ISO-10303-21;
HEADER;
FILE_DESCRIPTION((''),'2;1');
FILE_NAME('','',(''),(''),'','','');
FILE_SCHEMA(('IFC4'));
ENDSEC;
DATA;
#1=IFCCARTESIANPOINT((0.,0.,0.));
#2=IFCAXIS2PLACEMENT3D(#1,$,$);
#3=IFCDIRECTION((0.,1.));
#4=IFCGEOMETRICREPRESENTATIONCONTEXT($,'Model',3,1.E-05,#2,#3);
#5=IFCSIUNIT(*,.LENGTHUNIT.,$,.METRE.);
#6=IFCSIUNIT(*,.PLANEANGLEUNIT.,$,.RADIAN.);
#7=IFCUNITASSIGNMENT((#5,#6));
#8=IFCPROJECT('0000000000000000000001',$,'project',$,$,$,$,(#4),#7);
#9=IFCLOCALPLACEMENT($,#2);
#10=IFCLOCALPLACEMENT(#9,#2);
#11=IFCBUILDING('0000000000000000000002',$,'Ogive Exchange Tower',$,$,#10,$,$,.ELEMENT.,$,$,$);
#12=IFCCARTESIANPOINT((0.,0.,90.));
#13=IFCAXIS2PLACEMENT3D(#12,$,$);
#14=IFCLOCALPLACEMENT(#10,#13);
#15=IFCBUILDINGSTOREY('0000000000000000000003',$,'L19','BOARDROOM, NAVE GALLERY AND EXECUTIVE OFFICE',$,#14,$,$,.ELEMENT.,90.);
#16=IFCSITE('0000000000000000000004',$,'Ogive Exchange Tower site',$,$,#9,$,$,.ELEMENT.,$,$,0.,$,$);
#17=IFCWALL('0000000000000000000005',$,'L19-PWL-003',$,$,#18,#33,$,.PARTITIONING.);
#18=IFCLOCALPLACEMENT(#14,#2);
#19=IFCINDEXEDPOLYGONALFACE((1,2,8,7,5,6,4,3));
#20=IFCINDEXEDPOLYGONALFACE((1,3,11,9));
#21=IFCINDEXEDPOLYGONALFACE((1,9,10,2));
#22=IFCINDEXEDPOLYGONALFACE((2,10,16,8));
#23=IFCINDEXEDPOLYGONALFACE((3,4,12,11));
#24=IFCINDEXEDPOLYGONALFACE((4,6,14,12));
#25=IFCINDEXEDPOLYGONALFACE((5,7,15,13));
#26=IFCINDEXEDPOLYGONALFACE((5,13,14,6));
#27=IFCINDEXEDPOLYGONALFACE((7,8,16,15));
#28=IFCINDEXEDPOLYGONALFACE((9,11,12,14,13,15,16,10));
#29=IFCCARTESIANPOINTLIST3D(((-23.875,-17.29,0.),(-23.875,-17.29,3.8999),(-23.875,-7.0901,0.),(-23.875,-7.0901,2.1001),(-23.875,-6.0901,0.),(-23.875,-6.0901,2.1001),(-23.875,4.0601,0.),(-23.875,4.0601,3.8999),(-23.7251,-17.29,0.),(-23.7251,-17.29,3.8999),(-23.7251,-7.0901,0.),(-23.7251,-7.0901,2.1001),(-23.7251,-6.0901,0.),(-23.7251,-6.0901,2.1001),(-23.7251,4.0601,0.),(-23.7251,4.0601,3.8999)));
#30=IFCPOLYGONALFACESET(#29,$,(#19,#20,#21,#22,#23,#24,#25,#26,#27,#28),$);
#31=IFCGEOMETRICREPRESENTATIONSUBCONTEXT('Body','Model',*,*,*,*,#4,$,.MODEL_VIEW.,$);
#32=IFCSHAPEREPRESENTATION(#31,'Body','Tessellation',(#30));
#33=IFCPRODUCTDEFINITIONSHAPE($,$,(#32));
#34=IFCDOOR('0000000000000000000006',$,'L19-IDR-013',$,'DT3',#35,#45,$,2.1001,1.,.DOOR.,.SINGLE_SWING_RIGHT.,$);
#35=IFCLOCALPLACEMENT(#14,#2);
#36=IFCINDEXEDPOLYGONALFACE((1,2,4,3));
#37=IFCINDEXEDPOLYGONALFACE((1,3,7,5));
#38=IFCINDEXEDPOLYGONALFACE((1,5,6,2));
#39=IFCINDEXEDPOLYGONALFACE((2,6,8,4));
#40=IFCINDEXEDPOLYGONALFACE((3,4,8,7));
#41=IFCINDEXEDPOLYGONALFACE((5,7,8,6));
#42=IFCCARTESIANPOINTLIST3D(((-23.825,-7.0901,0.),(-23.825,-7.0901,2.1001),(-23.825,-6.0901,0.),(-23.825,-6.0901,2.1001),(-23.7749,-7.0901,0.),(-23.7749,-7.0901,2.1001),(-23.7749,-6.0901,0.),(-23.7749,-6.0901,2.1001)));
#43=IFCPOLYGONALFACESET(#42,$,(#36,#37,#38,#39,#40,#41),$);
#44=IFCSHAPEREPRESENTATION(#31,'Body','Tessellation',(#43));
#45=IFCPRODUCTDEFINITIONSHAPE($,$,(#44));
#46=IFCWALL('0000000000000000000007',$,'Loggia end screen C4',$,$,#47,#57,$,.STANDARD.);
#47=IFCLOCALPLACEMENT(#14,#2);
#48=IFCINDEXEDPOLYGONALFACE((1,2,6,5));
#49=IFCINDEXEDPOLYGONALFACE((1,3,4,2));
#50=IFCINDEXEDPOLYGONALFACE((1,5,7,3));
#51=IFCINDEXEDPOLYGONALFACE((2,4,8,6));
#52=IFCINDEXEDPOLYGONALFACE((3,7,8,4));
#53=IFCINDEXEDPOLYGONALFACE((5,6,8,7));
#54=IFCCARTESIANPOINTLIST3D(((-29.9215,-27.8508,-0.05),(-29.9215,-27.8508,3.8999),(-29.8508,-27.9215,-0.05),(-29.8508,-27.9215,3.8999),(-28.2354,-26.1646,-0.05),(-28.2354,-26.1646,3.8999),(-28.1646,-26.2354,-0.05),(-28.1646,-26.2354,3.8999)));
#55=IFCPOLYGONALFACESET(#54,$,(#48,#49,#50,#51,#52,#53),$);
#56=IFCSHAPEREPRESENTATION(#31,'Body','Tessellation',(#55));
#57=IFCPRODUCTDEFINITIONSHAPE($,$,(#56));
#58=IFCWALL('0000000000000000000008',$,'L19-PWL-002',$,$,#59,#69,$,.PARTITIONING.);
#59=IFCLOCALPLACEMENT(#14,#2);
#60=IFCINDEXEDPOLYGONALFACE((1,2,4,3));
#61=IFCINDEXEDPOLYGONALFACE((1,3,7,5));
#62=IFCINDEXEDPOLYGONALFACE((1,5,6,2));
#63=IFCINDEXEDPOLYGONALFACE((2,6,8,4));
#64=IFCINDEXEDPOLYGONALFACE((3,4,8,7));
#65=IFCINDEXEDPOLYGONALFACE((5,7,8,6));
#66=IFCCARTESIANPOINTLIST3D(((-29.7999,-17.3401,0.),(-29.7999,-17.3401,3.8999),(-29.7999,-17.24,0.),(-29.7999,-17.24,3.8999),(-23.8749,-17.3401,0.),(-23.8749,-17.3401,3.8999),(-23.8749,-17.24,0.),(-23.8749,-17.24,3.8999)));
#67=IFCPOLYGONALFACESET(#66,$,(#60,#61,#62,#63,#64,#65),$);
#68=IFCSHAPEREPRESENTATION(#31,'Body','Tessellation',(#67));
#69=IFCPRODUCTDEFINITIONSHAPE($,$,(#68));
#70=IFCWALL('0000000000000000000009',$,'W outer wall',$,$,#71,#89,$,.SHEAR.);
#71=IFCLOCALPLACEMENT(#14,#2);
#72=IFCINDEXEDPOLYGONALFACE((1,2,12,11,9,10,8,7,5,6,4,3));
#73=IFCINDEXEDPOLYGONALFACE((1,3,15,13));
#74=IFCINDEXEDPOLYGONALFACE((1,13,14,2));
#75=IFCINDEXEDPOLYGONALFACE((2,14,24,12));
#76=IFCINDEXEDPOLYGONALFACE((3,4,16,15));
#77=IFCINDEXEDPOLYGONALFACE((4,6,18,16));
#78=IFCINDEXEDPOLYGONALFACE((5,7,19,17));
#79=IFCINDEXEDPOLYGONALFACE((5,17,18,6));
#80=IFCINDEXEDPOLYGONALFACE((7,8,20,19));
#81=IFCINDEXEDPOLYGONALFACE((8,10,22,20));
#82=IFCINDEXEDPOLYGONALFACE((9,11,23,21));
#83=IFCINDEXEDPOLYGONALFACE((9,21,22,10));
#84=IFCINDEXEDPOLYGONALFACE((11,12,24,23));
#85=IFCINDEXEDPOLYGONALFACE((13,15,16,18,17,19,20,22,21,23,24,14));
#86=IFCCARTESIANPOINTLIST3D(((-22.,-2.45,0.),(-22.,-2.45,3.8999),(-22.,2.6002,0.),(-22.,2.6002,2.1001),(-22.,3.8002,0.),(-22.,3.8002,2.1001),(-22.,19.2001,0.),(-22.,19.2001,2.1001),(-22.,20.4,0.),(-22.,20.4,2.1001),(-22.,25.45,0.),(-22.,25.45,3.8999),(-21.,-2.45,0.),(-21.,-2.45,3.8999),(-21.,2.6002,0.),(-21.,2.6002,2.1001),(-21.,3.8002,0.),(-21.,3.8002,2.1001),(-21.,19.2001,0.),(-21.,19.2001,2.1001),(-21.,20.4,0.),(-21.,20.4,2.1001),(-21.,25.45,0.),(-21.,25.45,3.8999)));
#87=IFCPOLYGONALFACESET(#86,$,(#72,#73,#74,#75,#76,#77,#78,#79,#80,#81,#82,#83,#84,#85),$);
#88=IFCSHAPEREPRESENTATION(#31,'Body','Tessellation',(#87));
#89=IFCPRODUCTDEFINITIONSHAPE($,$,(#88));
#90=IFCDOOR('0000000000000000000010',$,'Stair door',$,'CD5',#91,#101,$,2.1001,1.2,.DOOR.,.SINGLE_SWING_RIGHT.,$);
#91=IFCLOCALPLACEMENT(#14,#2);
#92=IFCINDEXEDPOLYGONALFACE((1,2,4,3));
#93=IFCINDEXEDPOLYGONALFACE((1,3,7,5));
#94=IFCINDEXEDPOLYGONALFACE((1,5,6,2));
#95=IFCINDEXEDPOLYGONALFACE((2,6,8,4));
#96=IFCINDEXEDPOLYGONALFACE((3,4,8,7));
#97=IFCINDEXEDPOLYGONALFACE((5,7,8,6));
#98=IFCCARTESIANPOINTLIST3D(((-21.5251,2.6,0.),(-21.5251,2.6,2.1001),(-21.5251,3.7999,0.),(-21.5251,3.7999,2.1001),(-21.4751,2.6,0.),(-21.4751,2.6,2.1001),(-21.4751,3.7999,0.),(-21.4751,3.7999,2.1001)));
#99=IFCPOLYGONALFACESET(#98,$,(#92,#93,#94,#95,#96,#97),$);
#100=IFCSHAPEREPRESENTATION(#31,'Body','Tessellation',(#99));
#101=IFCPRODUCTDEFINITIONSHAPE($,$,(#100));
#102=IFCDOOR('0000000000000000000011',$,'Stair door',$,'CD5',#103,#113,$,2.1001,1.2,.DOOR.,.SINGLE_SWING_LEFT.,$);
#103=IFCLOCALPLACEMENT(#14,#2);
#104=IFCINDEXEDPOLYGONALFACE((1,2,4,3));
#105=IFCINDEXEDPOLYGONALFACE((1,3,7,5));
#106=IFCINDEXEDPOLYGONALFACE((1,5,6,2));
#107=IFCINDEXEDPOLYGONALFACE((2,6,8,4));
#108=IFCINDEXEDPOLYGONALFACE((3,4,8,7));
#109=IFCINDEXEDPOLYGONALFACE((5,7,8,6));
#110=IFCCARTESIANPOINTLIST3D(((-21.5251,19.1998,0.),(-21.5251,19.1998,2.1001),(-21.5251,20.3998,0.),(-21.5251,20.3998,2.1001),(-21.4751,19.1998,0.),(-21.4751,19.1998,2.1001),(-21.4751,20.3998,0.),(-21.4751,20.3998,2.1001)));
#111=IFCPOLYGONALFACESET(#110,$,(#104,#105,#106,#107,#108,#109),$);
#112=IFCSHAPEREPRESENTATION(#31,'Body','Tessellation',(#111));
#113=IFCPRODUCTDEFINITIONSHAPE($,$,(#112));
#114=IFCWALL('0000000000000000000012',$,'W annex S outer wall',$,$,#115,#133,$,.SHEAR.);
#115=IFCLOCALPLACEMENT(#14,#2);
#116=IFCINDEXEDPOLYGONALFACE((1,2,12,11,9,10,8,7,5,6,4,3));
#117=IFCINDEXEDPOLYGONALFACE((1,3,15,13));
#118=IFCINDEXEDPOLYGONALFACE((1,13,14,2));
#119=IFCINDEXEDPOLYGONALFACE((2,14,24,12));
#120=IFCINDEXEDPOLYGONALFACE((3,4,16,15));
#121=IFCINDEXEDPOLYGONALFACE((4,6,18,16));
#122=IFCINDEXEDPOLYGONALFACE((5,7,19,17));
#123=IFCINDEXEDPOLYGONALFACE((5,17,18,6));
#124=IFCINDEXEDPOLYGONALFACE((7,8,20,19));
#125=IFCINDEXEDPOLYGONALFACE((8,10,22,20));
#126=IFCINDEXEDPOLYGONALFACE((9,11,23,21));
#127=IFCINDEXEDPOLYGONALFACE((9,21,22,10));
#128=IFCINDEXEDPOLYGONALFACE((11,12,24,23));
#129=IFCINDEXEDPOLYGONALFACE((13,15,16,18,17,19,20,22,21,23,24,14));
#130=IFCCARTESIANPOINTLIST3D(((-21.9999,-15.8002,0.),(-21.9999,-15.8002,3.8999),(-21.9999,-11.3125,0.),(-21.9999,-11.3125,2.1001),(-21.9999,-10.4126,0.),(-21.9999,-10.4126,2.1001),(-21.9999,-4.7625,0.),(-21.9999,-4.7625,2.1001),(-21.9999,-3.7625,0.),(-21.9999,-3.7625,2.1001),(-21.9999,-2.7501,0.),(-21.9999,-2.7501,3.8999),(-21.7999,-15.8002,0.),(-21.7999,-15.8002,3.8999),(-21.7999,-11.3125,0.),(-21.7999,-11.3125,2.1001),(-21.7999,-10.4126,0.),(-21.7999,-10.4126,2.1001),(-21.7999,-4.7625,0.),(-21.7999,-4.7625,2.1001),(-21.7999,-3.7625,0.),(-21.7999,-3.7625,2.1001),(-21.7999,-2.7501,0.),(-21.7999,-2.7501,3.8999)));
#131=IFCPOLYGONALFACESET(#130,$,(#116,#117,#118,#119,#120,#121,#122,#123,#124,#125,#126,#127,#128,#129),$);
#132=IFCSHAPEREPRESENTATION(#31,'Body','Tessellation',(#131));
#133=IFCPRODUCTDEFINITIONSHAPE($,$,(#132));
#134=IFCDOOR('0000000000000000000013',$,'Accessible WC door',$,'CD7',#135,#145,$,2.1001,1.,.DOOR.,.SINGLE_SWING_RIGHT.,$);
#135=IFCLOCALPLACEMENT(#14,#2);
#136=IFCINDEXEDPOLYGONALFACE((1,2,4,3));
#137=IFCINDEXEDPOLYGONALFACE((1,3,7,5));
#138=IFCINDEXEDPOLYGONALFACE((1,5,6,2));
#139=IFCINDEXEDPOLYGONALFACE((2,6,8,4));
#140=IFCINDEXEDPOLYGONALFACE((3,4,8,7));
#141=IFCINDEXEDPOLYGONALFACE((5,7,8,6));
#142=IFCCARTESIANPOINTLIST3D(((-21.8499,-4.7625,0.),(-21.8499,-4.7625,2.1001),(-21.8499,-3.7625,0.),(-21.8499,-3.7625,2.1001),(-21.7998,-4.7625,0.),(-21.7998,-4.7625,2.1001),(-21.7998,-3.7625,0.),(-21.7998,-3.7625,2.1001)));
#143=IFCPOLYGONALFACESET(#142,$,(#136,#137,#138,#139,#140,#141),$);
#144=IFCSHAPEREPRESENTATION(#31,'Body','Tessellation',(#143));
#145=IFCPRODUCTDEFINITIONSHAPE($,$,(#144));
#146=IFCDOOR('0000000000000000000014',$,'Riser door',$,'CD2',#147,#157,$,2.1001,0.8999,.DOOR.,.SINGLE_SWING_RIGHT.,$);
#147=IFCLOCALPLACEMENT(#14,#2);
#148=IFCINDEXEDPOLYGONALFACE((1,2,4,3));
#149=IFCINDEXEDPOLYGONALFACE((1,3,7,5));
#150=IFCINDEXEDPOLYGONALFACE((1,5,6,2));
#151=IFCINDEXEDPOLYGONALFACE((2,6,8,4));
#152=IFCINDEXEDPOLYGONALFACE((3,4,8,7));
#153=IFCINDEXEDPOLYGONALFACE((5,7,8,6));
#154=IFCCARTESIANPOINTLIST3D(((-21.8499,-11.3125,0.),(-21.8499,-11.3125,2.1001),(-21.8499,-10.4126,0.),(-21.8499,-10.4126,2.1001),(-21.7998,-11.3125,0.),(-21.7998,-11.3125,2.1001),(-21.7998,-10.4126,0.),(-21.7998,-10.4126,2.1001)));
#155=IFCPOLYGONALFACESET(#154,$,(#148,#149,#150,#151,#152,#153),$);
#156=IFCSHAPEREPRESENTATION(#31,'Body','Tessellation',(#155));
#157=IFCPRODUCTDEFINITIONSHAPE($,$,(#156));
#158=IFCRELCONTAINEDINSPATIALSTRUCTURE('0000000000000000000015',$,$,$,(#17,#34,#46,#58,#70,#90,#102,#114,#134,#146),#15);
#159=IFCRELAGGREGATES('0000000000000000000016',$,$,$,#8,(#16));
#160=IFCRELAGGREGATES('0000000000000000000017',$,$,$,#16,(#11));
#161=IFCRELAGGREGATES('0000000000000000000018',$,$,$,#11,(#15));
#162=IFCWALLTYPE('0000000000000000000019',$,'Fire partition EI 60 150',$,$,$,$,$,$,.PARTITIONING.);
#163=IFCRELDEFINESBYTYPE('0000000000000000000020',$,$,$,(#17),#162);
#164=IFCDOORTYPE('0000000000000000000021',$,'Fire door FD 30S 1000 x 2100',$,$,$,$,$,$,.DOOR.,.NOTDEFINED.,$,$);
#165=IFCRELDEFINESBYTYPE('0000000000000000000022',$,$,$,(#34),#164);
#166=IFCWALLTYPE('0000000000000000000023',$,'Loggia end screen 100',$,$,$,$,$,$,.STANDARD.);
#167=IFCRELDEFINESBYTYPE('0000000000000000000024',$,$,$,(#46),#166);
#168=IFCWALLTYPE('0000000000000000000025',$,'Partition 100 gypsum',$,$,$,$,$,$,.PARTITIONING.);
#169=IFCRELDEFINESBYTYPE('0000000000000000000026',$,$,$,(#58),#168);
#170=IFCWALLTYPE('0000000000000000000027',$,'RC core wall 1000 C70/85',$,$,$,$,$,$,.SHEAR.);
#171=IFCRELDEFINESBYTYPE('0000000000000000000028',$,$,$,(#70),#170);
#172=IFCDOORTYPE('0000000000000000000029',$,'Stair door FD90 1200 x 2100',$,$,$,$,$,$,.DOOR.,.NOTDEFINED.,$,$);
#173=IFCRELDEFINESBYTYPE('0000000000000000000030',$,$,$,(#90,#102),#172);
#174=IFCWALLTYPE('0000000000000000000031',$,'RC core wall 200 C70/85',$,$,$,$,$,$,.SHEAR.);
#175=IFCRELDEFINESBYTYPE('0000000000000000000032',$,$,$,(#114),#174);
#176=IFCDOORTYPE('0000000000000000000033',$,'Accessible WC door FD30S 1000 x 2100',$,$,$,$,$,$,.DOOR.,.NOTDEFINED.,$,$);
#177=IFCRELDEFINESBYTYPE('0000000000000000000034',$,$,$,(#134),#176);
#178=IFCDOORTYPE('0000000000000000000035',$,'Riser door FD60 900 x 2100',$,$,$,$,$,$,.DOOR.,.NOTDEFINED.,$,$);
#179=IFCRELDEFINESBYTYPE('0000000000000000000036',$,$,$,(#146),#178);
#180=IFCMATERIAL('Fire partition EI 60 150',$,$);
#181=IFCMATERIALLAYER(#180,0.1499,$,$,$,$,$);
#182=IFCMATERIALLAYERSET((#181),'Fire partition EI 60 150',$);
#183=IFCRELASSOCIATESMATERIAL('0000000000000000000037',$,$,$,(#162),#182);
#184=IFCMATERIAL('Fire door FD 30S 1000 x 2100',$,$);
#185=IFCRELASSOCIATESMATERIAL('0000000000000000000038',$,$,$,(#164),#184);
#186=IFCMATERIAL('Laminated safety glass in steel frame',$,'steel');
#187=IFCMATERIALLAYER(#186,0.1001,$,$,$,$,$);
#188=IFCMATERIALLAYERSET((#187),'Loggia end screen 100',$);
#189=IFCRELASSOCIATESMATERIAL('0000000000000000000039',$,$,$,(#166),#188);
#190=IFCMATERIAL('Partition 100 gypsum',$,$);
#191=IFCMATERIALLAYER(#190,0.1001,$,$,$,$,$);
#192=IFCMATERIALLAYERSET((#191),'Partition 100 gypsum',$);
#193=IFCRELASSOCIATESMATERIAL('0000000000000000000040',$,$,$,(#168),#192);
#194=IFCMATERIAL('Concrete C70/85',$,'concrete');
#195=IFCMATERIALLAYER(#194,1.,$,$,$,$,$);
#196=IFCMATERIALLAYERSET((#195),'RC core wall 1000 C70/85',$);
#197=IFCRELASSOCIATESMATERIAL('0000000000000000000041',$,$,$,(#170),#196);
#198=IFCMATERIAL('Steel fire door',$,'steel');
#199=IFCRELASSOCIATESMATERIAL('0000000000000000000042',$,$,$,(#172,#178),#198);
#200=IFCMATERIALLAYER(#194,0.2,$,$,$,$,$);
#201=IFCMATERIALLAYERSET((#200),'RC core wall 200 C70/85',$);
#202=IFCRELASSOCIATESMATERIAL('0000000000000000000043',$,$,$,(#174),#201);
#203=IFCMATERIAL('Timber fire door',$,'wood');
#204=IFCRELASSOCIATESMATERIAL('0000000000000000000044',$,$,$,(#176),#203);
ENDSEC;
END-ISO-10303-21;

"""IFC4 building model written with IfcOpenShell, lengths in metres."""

from ifc_helpers import new_model, si_unit, direction, frame, frame_2d, origin, place, context, subcontext, project, spatial, rectangle, extrude, material, layer, layer_set, type_object, element, fill, save


model = new_model("IFC4")

# Units and contexts
model_context = context("Model", 3, precision=1e-05, world=origin(), true_north=direction((0.0, 1.0)))
body_context = subcontext(model_context, "Body", "Model", "MODEL_VIEW")
ifc_project = project(units=[si_unit("LENGTHUNIT", "METRE"), si_unit("PLANEANGLEUNIT", "RADIAN")], contexts=[model_context])

# Site, building, storey
site_placement = place(None, origin())
site = spatial("IfcSite", under=ifc_project, at=site_placement, Name="Ogive Exchange Tower site", CompositionType="ELEMENT", RefElevation=0.0)
building_placement = place(site_placement, origin())
building = spatial("IfcBuilding", under=site, at=building_placement, Name="Ogive Exchange Tower", CompositionType="ELEMENT")
storey_placement = place(building_placement, frame((0.0, 0.0, 90.0)))
storey = spatial("IfcBuildingStorey", under=building, at=storey_placement, Name="L19", Description="BOARDROOM, NAVE GALLERY AND EXECUTIVE OFFICE", CompositionType="ELEMENT", Elevation=90.0)

# Shared definitions
ifc_material_1 = material(Name="Fire partition EI 60 150")
ifc_layer_1 = layer(ifc_material_1, 0.1499)
ifc_layer_set_1 = layer_set([ifc_layer_1], Name="Fire partition EI 60 150")
wall_type_1 = type_object("IfcWallType", Name="Fire partition EI 60 150", PredefinedType="PARTITIONING", material=ifc_layer_set_1)

# Wall, opening, door
wall_1_placement = place(storey_placement, frame((-23.8, -17.29, 0.0), z_axis=(0.0, 0.0, 1.0), x_axis=(0.0, 1.0, 0.0)))
wall_1 = element("IfcWall", 1, at=wall_1_placement, inside=storey, type_object=wall_type_1, Name="L19-PWL-003", PredefinedType="PARTITIONING", context=body_context, shape_type="SweptSolid", body=[
    extrude(rectangle(XDim=21.3501, YDim=0.1499, at=frame_2d((10.675, 0.0))), origin(), (0.0, 0.0, 1.0), 3.8999),
])
opening_1_placement = place(wall_1_placement, frame((10.2, 0.0, 0.0)))
opening_1 = element("IfcOpeningElement", 2, at=opening_1_placement, cuts=wall_1, PredefinedType="OPENING", context=body_context, shape_type="SweptSolid", body=[
    extrude(rectangle(XDim=1.0, YDim=2.1001, at=frame_2d((0.5, 1.05))), frame((0.0, 0.085, 0.0), z_axis=(0.0, -1.0, 0.0), x_axis=(1.0, 0.0, 0.0)), (0.0, 0.0, 1.0), 0.1699),
])
ifc_material_2 = material(Name="Fire door FD 30S 1000 x 2100")
door_type_1 = type_object("IfcDoorType", Name="Fire door FD 30S 1000 x 2100", OperationType="NOTDEFINED", PredefinedType="DOOR", material=ifc_material_2)
door_1_placement = place(opening_1_placement, origin())
door_1 = element("IfcDoor", 3, at=door_1_placement, inside=storey, type_object=door_type_1, Name="L19-IDR-013", ObjectType="DT3", OperationType="SINGLE_SWING_RIGHT", OverallHeight=2.1001, OverallWidth=1.0, PredefinedType="DOOR", context=body_context, shape_type="SweptSolid", body=[
    extrude(rectangle(XDim=1.0, YDim=2.1001, at=frame_2d((0.5, 1.05))), frame((0.0, 0.0249, 0.0), z_axis=(0.0, -1.0, 0.0), x_axis=(1.0, 0.0, 0.0)), (0.0, 0.0, 1.0), 0.05),
])
fill(opening_1, door_1)

# Walls
ifc_material_3 = material(Name="Laminated safety glass in steel frame", Category="steel")
ifc_layer_2 = layer(ifc_material_3, 0.1001)
ifc_layer_set_2 = layer_set([ifc_layer_2], Name="Loggia end screen 100")
wall_type_2 = type_object("IfcWallType", Name="Loggia end screen 100", PredefinedType="STANDARD", material=ifc_layer_set_2)
wall_2_placement = place(storey_placement, frame((-28.2, -26.2, -0.05), z_axis=(0.0, 0.0, 1.0), x_axis=(-0.707107, -0.707107, 0.0)))
element("IfcWall", 4, at=wall_2_placement, inside=storey, type_object=wall_type_2, Name="Loggia end screen C4", PredefinedType="STANDARD", context=body_context, shape_type="SweptSolid", body=[
    extrude(rectangle(XDim=2.3845, YDim=0.1001, at=frame_2d((1.1924, 0.0))), origin(), (0.0, 0.0, 1.0), 3.95),
])
ifc_material_4 = material(Name="Partition 100 gypsum")
ifc_layer_3 = layer(ifc_material_4, 0.1001)
ifc_layer_set_3 = layer_set([ifc_layer_3], Name="Partition 100 gypsum")
wall_type_3 = type_object("IfcWallType", Name="Partition 100 gypsum", PredefinedType="PARTITIONING", material=ifc_layer_set_3)
wall_3_placement = place(storey_placement, frame((-23.875, -17.29, 0.0), z_axis=(0.0, 0.0, 1.0), x_axis=(-1.0, 0.0, 0.0)))
element("IfcWall", 5, at=wall_3_placement, inside=storey, type_object=wall_type_3, Name="L19-PWL-002", PredefinedType="PARTITIONING", context=body_context, shape_type="SweptSolid", body=[
    extrude(rectangle(XDim=5.925, YDim=0.1001, at=frame_2d((2.9624, 0.0))), origin(), (0.0, 0.0, 1.0), 3.8999),
])

# Walls, openings, doors
ifc_material_5 = material(Name="Concrete C70/85", Category="concrete")
ifc_layer_4 = layer(ifc_material_5, 1.0)
ifc_layer_set_4 = layer_set([ifc_layer_4], Name="RC core wall 1000 C70/85")
wall_type_4 = type_object("IfcWallType", Name="RC core wall 1000 C70/85", PredefinedType="SHEAR", material=ifc_layer_set_4)
wall_4_placement = place(storey_placement, frame((-21.5, -2.45, 0.0), z_axis=(0.0, 0.0, 1.0), x_axis=(0.0, 1.0, 0.0)))
wall_4 = element("IfcWall", 6, at=wall_4_placement, inside=storey, type_object=wall_type_4, Name="W outer wall", PredefinedType="SHEAR", context=body_context, shape_type="SweptSolid", body=[
    extrude(rectangle(XDim=27.8999, YDim=1.0, at=frame_2d((13.95, 0.0))), origin(), (0.0, 0.0, 1.0), 3.8999),
])
opening_2_placement = place(wall_4_placement, frame((5.05, 0.0, 0.0)))
opening_2 = element("IfcOpeningElement", 7, at=opening_2_placement, cuts=wall_4, PredefinedType="OPENING", context=body_context, shape_type="SweptSolid", body=[
    extrude(rectangle(XDim=1.2, YDim=2.1001, at=frame_2d((0.6001, 1.05))), frame((0.0, 0.51, 0.0), z_axis=(0.0, -1.0, 0.0), x_axis=(1.0, 0.0, 0.0)), (0.0, 0.0, 1.0), 1.02),
])
opening_3_placement = place(wall_4_placement, frame((21.6499, 0.0, 0.0)))
opening_3 = element("IfcOpeningElement", 8, at=opening_3_placement, cuts=wall_4, PredefinedType="OPENING", context=body_context, shape_type="SweptSolid", body=[
    extrude(rectangle(XDim=1.2, YDim=2.1001, at=frame_2d((0.6001, 1.05))), frame((0.0, 0.51, 0.0), z_axis=(0.0, -1.0, 0.0), x_axis=(1.0, 0.0, 0.0)), (0.0, 0.0, 1.0), 1.02),
])
ifc_material_6 = material(Name="Steel fire door", Category="steel")
door_type_2 = type_object("IfcDoorType", Name="Stair door FD90 1200 x 2100", OperationType="NOTDEFINED", PredefinedType="DOOR", material=ifc_material_6)
door_2_placement = place(opening_2_placement, frame((1.2, 0.0, 0.0), z_axis=(0.0, 0.0, 1.0), x_axis=(-1.0, 0.0, 0.0)))
door_2 = element("IfcDoor", 9, at=door_2_placement, inside=storey, type_object=door_type_2, Name="Stair door", ObjectType="CD5", OperationType="SINGLE_SWING_RIGHT", OverallHeight=2.1001, OverallWidth=1.2, PredefinedType="DOOR", context=body_context, shape_type="SweptSolid", body=[
    extrude(rectangle(XDim=1.2, YDim=2.1001, at=frame_2d((0.6001, 1.05))), frame((0.0, 0.0249, 0.0), z_axis=(0.0, -1.0, 0.0), x_axis=(1.0, 0.0, 0.0)), (0.0, 0.0, 1.0), 0.05),
])
fill(opening_2, door_2)
door_3_placement = place(opening_3_placement, frame((1.2, 0.0, 0.0), z_axis=(0.0, 0.0, 1.0), x_axis=(-1.0, 0.0, 0.0)))
door_3 = element("IfcDoor", 10, at=door_3_placement, inside=storey, type_object=door_type_2, Name="Stair door", ObjectType="CD5", OperationType="SINGLE_SWING_LEFT", OverallHeight=2.1001, OverallWidth=1.2, PredefinedType="DOOR", context=body_context, shape_type="SweptSolid", body=[
    extrude(rectangle(XDim=1.2, YDim=2.1001, at=frame_2d((0.6001, 1.05))), frame((0.0, 0.0249, 0.0), z_axis=(0.0, -1.0, 0.0), x_axis=(1.0, 0.0, 0.0)), (0.0, 0.0, 1.0), 0.05),
])
fill(opening_3, door_3)
ifc_layer_5 = layer(ifc_material_5, 0.2)
ifc_layer_set_5 = layer_set([ifc_layer_5], Name="RC core wall 200 C70/85")
wall_type_5 = type_object("IfcWallType", Name="RC core wall 200 C70/85", PredefinedType="SHEAR", material=ifc_layer_set_5)
wall_5_placement = place(storey_placement, frame((-21.8999, -15.8, 0.0), z_axis=(0.0, 0.0, 1.0), x_axis=(0.0, 1.0, 0.0)))
wall_5 = element("IfcWall", 11, at=wall_5_placement, inside=storey, type_object=wall_type_5, Name="W annex S outer wall", PredefinedType="SHEAR", context=body_context, shape_type="SweptSolid", body=[
    extrude(rectangle(XDim=13.05, YDim=0.2, at=frame_2d((6.5249, 0.0))), origin(), (0.0, 0.0, 1.0), 3.8999),
])
opening_4_placement = place(wall_5_placement, frame((4.4875, 0.0, 0.0)))
opening_4 = element("IfcOpeningElement", 12, at=opening_4_placement, cuts=wall_5, PredefinedType="OPENING", context=body_context, shape_type="SweptSolid", body=[
    extrude(rectangle(XDim=0.8999, YDim=2.1001, at=frame_2d((0.45, 1.05))), frame((0.0, 0.1099, 0.0), z_axis=(0.0, -1.0, 0.0), x_axis=(1.0, 0.0, 0.0)), (0.0, 0.0, 1.0), 0.22),
])
opening_5_placement = place(wall_5_placement, frame((11.0376, 0.0, 0.0)))
opening_5 = element("IfcOpeningElement", 13, at=opening_5_placement, cuts=wall_5, PredefinedType="OPENING", context=body_context, shape_type="SweptSolid", body=[
    extrude(rectangle(XDim=1.0, YDim=2.1001, at=frame_2d((0.5, 1.05))), frame((0.0, 0.1099, 0.0), z_axis=(0.0, -1.0, 0.0), x_axis=(1.0, 0.0, 0.0)), (0.0, 0.0, 1.0), 0.22),
])
ifc_material_7 = material(Name="Timber fire door", Category="wood")
door_type_3 = type_object("IfcDoorType", Name="Accessible WC door FD30S 1000 x 2100", OperationType="NOTDEFINED", PredefinedType="DOOR", material=ifc_material_7)
door_4_placement = place(opening_5_placement, frame((1.0, -0.1499, 0.0), z_axis=(0.0, 0.0, 1.0), x_axis=(-1.0, 0.0, 0.0)))
door_4 = element("IfcDoor", 14, at=door_4_placement, inside=storey, type_object=door_type_3, Name="Accessible WC door", ObjectType="CD7", OperationType="SINGLE_SWING_RIGHT", OverallHeight=2.1001, OverallWidth=1.0, PredefinedType="DOOR", context=body_context, shape_type="SweptSolid", body=[
    extrude(rectangle(XDim=1.0, YDim=2.1001, at=frame_2d((0.5, 1.05))), frame((0.0, -0.0498, 0.0), z_axis=(0.0, -1.0, 0.0), x_axis=(1.0, 0.0, 0.0)), (0.0, 0.0, 1.0), 0.05),
])
fill(opening_5, door_4)
door_type_4 = type_object("IfcDoorType", Name="Riser door FD60 900 x 2100", OperationType="NOTDEFINED", PredefinedType="DOOR", material=ifc_material_6)
door_5_placement = place(opening_4_placement, frame((0.8999, -0.1499, 0.0), z_axis=(0.0, 0.0, 1.0), x_axis=(-1.0, 0.0, 0.0)))
door_5 = element("IfcDoor", 15, at=door_5_placement, inside=storey, type_object=door_type_4, Name="Riser door", ObjectType="CD2", OperationType="SINGLE_SWING_RIGHT", OverallHeight=2.1001, OverallWidth=0.8999, PredefinedType="DOOR", context=body_context, shape_type="SweptSolid", body=[
    extrude(rectangle(XDim=0.8999, YDim=2.1001, at=frame_2d((0.45, 1.05))), frame((0.0, -0.0498, 0.0), z_axis=(0.0, -1.0, 0.0), x_axis=(1.0, 0.0, 0.0)), (0.0, 0.0, 1.0), 0.05),
])
fill(opening_4, door_5)

save(model, "model.ifc")
